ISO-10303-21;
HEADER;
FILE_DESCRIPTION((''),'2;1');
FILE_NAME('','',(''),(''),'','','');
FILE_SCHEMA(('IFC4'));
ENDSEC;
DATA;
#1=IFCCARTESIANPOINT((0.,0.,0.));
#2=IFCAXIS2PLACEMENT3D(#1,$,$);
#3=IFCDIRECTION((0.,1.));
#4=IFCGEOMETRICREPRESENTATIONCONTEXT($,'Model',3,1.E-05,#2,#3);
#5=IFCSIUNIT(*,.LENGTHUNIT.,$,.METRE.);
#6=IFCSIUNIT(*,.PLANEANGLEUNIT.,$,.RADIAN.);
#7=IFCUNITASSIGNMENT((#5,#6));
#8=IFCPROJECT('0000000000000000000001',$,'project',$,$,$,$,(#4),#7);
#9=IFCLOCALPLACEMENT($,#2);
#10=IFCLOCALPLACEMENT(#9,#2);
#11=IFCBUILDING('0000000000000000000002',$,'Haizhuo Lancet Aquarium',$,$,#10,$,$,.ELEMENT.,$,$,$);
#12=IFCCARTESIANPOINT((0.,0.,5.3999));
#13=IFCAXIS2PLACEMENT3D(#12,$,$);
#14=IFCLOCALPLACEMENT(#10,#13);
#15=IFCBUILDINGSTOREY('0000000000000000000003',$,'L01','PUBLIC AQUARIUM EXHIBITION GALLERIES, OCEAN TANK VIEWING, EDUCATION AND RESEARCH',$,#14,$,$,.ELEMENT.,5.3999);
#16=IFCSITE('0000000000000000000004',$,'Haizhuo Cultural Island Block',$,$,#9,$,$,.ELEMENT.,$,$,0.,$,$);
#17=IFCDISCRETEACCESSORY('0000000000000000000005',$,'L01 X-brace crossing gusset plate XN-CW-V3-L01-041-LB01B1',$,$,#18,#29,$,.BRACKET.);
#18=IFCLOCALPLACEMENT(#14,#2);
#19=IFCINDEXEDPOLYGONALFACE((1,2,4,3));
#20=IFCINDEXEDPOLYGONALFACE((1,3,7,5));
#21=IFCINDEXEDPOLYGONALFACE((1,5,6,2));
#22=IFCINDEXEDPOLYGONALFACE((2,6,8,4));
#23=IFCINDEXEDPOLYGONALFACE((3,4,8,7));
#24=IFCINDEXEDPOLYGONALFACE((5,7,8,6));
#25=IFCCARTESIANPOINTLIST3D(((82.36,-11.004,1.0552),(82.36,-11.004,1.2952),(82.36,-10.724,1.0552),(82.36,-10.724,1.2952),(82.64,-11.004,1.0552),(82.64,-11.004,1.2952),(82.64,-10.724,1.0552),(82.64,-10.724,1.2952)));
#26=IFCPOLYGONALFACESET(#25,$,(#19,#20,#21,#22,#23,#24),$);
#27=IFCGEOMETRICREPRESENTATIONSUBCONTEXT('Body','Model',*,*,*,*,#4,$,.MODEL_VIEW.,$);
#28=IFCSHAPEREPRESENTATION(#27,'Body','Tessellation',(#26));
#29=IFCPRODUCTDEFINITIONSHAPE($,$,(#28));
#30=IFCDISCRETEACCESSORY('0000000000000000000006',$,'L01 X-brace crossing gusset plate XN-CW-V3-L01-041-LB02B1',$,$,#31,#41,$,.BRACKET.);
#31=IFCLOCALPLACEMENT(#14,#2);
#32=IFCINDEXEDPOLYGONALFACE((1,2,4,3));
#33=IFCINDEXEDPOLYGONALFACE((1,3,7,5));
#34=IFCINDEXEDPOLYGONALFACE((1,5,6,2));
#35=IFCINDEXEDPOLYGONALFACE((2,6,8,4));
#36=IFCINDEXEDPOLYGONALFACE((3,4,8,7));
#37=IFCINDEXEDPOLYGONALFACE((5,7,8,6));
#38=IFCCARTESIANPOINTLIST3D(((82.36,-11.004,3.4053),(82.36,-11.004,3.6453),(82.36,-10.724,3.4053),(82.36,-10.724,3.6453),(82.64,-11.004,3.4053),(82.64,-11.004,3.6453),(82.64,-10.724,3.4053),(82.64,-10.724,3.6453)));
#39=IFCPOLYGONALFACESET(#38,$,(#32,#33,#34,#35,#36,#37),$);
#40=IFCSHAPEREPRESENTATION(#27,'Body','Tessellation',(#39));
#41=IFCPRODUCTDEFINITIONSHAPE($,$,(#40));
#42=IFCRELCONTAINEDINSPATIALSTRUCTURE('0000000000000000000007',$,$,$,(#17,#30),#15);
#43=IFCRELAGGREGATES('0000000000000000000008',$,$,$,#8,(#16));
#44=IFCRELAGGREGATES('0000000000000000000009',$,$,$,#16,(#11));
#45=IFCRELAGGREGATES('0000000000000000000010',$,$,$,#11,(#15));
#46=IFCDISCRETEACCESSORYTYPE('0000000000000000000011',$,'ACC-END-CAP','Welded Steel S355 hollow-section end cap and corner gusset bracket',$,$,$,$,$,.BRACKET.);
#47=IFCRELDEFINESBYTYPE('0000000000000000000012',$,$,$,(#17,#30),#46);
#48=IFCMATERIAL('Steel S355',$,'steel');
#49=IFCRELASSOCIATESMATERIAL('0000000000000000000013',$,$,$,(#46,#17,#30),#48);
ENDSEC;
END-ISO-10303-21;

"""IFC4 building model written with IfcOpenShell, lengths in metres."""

from ifc_helpers import new_model, si_unit, direction, frame, origin, origin_2d, place, context, subcontext, project, spatial, rectangle, extrude, material, type_object, element, save


model = new_model("IFC4")

# Units and contexts
model_context = context("Model", 3, precision=1e-05, world=origin(), true_north=direction((0.0, 1.0)))
body_context = subcontext(model_context, "Body", "Model", "MODEL_VIEW")
ifc_project = project(units=[si_unit("LENGTHUNIT", "METRE"), si_unit("PLANEANGLEUNIT", "RADIAN")], contexts=[model_context])

# Site, building, storey
site_placement = place(None, origin())
site = spatial("IfcSite", under=ifc_project, at=site_placement, Name="Haizhuo Cultural Island Block", CompositionType="ELEMENT", RefElevation=0.0)
building_placement = place(site_placement, origin())
building = spatial("IfcBuilding", under=site, at=building_placement, Name="Haizhuo Lancet Aquarium", CompositionType="ELEMENT")
storey_placement = place(building_placement, frame((0.0, 0.0, 5.3999)))
storey = spatial("IfcBuildingStorey", under=building, at=storey_placement, Name="L01", Description="PUBLIC AQUARIUM EXHIBITION GALLERIES, OCEAN TANK VIEWING, EDUCATION AND RESEARCH", CompositionType="ELEMENT", Elevation=5.3999)

# Shared definitions
ifc_material_1 = material(Name="Steel S355", Category="steel")

# Discrete accessories
discrete_accessory_type = type_object("IfcDiscreteAccessoryType", Name="ACC-END-CAP", Description="Welded Steel S355 hollow-section end cap and corner gusset bracket", PredefinedType="BRACKET", material=ifc_material_1)
for number, where, z_axis, x_axis, name in (
    (1, (82.5, -10.864, 1.0552), (0.0, 0.0, 1.0), (1.0, 0.0, 0.0), "L01 X-brace crossing gusset plate XN-CW-V3-L01-041-LB01B1"),
    (2, (82.5, -10.864, 3.4053), (0.0, 0.0, 1.0), (1.0, 0.0, 0.0), "L01 X-brace crossing gusset plate XN-CW-V3-L01-041-LB02B1"),
):
    element("IfcDiscreteAccessory", number, at=place(storey_placement, frame(where, z_axis=z_axis, x_axis=x_axis)), inside=storey, type_object=discrete_accessory_type, material=ifc_material_1, Name=name, PredefinedType="BRACKET", context=body_context, shape_type="SweptSolid", body=[
        extrude(rectangle(XDim=0.28, YDim=0.28, at=origin_2d()), origin(), (0.0, 0.0, 1.0), 0.24),
    ])

save(model, "model.ifc")
